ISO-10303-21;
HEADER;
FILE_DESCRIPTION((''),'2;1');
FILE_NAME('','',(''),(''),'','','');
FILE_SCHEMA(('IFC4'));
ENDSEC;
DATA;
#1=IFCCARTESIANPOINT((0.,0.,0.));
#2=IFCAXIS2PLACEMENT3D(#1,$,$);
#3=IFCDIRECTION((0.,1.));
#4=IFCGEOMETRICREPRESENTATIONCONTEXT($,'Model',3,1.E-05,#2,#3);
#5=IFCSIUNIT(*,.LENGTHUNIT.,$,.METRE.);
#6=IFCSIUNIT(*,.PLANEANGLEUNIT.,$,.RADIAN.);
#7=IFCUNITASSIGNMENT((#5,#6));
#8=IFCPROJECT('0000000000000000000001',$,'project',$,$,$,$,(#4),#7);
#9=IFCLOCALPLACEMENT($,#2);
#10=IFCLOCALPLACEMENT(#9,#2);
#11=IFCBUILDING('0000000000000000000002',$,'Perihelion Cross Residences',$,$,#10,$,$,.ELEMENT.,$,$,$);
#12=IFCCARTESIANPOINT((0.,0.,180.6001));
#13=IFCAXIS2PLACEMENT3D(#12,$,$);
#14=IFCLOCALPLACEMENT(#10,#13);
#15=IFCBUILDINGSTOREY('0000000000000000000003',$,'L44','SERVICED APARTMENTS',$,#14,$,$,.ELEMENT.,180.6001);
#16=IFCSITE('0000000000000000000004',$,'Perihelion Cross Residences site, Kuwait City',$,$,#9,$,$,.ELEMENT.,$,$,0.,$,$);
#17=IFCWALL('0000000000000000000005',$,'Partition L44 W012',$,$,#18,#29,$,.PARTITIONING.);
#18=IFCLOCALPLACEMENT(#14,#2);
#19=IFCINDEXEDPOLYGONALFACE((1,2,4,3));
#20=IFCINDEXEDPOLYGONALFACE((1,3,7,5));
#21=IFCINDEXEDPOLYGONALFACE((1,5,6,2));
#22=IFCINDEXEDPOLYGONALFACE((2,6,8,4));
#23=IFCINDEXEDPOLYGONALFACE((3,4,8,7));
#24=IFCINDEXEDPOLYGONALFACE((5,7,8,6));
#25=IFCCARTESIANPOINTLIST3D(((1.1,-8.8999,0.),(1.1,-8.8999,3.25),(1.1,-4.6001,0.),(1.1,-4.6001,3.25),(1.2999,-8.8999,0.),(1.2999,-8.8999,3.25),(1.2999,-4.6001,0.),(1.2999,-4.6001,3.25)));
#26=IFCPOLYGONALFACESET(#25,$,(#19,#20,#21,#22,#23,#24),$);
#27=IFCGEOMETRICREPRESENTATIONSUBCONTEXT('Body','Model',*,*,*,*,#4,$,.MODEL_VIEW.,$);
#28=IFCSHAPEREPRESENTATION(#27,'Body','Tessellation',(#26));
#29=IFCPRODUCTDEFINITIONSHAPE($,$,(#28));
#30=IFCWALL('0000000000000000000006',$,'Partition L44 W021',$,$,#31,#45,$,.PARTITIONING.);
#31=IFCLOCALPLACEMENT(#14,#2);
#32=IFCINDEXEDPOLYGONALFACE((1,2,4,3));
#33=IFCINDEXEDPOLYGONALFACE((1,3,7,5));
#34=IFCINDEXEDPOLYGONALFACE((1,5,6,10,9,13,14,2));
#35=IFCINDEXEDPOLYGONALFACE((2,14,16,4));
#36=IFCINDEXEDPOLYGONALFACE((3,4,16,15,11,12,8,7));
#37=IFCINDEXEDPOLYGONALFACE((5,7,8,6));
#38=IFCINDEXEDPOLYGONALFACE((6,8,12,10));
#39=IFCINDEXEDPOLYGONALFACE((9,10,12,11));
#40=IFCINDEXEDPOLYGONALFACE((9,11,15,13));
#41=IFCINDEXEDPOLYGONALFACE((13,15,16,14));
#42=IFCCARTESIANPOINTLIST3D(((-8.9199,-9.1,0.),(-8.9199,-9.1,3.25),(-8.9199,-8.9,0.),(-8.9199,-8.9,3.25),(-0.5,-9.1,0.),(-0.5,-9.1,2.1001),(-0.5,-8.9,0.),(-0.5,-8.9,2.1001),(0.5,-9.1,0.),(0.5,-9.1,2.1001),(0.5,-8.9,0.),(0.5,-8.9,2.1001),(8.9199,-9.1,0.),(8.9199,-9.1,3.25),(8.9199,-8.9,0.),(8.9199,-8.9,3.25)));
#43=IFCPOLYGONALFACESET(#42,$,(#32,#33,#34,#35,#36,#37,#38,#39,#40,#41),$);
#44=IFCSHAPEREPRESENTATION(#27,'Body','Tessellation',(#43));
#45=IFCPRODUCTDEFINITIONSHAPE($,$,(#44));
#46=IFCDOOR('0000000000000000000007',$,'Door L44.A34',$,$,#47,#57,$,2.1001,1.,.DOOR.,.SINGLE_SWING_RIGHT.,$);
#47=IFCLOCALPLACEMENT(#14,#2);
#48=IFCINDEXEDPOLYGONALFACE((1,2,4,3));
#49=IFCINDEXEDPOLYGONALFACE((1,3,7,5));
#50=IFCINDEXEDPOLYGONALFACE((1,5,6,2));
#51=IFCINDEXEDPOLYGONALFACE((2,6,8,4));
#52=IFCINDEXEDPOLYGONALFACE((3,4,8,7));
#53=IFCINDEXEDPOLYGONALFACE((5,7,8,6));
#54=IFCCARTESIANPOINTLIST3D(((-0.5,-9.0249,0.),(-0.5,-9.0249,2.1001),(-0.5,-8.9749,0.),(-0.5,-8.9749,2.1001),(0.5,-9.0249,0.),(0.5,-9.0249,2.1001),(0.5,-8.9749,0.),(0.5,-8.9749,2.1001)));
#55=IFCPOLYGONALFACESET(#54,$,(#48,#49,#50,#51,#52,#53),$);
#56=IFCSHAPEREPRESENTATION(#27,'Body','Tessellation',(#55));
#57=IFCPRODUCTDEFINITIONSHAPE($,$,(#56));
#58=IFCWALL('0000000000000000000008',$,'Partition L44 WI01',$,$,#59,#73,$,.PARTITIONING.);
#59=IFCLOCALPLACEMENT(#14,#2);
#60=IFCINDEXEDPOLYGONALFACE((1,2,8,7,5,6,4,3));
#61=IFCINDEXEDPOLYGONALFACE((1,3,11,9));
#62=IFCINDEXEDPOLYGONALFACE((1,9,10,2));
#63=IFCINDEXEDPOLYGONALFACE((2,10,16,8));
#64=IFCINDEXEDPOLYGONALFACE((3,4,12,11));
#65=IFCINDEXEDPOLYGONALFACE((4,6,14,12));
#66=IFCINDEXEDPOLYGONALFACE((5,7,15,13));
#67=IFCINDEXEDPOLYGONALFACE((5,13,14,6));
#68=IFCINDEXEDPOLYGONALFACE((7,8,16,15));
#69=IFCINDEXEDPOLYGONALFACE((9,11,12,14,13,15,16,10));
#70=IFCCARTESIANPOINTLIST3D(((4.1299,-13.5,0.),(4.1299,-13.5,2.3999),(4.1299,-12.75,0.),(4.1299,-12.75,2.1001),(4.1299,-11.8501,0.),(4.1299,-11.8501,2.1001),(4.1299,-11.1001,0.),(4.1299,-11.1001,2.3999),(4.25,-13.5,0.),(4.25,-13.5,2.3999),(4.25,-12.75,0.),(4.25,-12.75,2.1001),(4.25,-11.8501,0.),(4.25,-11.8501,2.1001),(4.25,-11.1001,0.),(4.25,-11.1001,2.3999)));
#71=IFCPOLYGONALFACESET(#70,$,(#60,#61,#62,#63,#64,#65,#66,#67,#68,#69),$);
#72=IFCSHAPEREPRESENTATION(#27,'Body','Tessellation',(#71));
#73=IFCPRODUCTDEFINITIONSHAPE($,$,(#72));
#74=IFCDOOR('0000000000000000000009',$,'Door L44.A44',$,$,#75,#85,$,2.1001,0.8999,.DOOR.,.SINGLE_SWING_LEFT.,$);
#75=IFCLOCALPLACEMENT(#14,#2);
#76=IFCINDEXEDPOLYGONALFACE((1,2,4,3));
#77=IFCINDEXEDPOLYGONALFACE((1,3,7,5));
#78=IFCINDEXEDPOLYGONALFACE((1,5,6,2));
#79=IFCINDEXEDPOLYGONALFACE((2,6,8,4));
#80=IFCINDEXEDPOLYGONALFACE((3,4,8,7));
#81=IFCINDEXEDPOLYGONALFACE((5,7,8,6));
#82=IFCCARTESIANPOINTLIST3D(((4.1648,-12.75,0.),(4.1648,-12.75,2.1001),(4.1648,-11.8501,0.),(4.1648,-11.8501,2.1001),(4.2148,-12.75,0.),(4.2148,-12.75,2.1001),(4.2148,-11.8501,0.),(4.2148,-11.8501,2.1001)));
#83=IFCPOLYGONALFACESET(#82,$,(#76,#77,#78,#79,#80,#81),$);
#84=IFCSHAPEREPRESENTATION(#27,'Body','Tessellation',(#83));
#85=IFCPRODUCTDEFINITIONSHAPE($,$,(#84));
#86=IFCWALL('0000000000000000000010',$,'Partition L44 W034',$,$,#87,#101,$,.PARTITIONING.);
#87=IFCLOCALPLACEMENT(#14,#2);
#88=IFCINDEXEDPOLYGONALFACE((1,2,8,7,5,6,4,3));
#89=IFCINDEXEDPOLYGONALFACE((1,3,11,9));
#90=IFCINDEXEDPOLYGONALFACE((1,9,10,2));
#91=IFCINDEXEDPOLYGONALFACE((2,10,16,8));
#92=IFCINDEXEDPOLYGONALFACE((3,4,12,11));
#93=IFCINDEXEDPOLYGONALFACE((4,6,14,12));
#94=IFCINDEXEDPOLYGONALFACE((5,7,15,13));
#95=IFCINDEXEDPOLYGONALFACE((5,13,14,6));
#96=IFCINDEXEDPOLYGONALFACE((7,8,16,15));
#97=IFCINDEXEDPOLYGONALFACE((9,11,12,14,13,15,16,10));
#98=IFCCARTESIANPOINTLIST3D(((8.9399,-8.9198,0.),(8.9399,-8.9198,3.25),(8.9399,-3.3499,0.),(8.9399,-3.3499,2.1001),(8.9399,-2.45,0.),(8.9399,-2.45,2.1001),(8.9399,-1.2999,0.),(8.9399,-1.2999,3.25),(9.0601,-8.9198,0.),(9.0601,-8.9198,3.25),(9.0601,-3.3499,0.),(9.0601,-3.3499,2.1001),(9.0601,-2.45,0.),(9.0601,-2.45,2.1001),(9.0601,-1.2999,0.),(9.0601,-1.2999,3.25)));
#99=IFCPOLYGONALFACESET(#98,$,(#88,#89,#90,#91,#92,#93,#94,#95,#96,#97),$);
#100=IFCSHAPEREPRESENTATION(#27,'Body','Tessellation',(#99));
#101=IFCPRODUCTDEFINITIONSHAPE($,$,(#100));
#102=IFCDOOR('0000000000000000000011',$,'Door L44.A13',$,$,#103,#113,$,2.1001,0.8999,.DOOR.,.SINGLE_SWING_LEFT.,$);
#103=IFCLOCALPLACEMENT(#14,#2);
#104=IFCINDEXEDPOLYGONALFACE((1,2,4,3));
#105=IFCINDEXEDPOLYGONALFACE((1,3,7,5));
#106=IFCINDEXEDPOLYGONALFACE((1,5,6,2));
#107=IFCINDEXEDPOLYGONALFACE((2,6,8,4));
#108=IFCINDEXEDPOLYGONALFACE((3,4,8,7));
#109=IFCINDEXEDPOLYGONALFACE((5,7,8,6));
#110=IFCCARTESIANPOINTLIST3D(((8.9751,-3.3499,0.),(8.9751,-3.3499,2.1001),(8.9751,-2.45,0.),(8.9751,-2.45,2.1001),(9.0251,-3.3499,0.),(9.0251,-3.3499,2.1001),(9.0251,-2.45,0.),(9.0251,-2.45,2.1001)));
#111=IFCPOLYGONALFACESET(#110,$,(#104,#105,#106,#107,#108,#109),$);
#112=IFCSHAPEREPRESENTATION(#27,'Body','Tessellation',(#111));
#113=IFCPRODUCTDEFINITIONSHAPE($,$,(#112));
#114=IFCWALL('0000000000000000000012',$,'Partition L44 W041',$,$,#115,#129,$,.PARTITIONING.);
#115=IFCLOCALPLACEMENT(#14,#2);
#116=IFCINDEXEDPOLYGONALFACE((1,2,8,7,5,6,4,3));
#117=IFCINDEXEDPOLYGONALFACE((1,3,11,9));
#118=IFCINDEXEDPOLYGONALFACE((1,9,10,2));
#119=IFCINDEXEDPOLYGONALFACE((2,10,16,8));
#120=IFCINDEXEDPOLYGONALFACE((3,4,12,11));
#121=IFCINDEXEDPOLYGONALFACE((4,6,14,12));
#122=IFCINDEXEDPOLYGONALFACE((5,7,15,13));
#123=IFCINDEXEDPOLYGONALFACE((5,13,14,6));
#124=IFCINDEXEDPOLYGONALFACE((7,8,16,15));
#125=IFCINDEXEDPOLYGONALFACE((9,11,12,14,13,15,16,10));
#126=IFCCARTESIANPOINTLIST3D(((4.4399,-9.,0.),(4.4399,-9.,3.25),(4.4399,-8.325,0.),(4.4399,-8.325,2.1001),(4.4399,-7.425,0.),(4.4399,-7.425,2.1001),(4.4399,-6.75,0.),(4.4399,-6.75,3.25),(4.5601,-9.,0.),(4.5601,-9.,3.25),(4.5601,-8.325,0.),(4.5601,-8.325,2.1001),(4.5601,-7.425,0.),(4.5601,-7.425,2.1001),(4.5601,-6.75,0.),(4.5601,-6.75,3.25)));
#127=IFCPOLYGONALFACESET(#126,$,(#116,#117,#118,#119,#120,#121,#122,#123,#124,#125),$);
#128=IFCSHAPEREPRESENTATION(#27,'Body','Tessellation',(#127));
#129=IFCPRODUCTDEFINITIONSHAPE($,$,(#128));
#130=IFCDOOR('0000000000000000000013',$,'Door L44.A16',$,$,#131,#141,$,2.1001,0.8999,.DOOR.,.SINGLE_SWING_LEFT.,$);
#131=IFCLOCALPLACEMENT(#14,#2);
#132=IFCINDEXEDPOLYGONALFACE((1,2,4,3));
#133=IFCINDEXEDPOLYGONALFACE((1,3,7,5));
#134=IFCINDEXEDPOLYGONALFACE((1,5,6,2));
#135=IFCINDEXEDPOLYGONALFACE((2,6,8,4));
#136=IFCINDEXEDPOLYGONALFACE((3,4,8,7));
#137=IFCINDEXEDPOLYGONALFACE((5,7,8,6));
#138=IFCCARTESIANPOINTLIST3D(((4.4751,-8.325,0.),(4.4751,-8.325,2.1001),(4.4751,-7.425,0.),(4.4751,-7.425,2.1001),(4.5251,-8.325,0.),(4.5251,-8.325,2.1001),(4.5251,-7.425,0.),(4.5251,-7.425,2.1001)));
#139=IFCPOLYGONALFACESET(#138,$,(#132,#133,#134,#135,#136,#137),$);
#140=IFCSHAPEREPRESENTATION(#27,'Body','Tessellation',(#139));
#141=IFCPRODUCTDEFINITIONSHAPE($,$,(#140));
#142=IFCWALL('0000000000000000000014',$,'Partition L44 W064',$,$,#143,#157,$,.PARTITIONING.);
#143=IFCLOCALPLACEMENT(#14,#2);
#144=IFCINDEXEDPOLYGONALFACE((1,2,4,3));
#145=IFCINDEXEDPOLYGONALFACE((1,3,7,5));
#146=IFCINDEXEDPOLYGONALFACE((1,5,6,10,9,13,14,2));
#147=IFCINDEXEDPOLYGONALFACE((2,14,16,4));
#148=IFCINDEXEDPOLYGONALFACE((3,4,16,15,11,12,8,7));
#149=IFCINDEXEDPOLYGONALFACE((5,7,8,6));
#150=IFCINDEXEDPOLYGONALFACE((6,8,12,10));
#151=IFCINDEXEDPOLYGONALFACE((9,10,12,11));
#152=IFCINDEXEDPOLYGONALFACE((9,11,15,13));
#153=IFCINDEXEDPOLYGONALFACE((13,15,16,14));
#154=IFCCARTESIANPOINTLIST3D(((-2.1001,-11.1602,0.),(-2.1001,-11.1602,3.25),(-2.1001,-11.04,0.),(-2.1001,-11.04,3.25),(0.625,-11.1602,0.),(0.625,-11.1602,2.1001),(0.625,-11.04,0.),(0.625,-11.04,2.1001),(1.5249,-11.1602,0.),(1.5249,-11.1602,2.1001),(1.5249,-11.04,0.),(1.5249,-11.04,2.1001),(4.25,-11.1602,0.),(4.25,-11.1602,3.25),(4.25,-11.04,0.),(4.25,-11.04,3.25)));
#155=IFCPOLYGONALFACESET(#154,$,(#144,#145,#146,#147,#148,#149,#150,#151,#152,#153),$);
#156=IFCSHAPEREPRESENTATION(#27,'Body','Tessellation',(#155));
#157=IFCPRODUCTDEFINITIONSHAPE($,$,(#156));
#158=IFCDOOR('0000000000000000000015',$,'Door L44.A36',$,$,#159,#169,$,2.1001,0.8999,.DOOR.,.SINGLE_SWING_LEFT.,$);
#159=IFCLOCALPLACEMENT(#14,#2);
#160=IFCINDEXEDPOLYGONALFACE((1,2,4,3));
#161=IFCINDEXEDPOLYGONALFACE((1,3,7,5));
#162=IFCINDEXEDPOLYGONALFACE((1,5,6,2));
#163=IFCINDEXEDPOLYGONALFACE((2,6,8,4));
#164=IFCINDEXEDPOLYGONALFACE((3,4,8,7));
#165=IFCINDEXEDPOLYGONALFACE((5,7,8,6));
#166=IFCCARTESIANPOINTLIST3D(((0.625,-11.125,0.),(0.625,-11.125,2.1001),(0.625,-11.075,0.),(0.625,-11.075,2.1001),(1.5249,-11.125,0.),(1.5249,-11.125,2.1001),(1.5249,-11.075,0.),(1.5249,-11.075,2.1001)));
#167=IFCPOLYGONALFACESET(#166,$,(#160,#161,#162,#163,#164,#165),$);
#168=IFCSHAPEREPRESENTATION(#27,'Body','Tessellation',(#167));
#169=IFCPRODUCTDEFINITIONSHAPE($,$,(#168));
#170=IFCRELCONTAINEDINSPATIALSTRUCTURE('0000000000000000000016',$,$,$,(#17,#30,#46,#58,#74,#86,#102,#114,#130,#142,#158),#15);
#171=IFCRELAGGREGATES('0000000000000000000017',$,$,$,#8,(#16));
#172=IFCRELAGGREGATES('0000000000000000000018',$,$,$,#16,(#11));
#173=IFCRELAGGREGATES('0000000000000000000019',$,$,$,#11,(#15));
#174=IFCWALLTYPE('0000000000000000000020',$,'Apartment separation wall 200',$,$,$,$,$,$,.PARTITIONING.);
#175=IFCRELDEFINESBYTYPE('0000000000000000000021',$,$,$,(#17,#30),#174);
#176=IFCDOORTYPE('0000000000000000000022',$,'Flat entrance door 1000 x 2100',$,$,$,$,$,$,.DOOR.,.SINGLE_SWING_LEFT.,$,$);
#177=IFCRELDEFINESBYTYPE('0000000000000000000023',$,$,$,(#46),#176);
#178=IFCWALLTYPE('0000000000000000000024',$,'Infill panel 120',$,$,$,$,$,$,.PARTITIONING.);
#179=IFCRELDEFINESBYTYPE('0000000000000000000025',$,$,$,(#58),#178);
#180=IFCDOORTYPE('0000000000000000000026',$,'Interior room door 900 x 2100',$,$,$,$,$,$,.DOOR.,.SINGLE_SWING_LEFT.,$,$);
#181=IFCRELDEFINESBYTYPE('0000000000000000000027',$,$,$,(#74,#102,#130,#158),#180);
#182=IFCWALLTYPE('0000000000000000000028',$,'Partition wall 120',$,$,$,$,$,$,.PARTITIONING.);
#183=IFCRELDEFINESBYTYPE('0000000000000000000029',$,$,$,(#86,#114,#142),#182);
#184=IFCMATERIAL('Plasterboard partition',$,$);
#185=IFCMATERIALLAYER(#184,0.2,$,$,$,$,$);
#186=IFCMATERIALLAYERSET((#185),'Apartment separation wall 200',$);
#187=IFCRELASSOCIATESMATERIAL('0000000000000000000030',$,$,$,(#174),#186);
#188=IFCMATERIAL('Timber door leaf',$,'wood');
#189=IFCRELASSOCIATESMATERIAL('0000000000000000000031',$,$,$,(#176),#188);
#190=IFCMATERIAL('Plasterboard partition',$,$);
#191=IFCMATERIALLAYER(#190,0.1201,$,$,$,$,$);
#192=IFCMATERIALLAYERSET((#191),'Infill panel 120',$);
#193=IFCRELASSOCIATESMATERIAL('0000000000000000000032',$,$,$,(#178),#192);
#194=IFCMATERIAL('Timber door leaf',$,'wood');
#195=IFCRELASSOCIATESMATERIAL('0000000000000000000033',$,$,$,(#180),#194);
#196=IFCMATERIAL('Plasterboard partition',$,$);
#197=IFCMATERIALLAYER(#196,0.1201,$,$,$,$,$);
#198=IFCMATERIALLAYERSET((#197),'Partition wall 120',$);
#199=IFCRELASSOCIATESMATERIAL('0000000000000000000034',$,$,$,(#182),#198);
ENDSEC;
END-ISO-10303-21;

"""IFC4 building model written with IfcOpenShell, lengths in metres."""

from ifc_helpers import new_model, si_unit, direction, frame, frame_2d, origin, place, context, subcontext, project, spatial, rectangle, extrude, material, layer, layer_set, type_object, element, fill, save


model = new_model("IFC4")

# Units and contexts
model_context = context("Model", 3, precision=1e-05, world=origin(), true_north=direction((0.0, 1.0)))
body_context = subcontext(model_context, "Body", "Model", "MODEL_VIEW")
ifc_project = project(units=[si_unit("LENGTHUNIT", "METRE"), si_unit("PLANEANGLEUNIT", "RADIAN")], contexts=[model_context])

# Site, building, storey
site_placement = place(None, origin())
site = spatial("IfcSite", under=ifc_project, at=site_placement, Name="Perihelion Cross Residences site, Kuwait City", CompositionType="ELEMENT", RefElevation=0.0)
building_placement = place(site_placement, origin())
building = spatial("IfcBuilding", under=site, at=building_placement, Name="Perihelion Cross Residences", CompositionType="ELEMENT")
storey_placement = place(building_placement, frame((0.0, 0.0, 180.6001)))
storey = spatial("IfcBuildingStorey", under=building, at=storey_placement, Name="L44", Description="SERVICED APARTMENTS", CompositionType="ELEMENT", Elevation=180.6001)

# Wall
ifc_material_1 = material(Name="Plasterboard partition")
ifc_layer_1 = layer(ifc_material_1, 0.2)
ifc_layer_set_1 = layer_set([ifc_layer_1], Name="Apartment separation wall 200")
wall_type_1 = type_object("IfcWallType", Name="Apartment separation wall 200", PredefinedType="PARTITIONING", material=ifc_layer_set_1)
wall_1_placement = place(storey_placement, frame((1.2, -4.6001, 0.0), z_axis=(0.0, 0.0, 1.0), x_axis=(0.0, -1.0, 0.0)))
element("IfcWall", 1, at=wall_1_placement, inside=storey, type_object=wall_type_1, Name="Partition L44 W012", PredefinedType="PARTITIONING", context=body_context, shape_type="SweptSolid", body=[
    extrude(rectangle(XDim=4.2998, YDim=0.2, at=frame_2d((2.1499, 0.0))), origin(), (0.0, 0.0, 1.0), 3.25),
])

# Walls, openings, doors
wall_2_placement = place(storey_placement, frame((8.9199, -9.0, 0.0), z_axis=(0.0, 0.0, 1.0), x_axis=(-1.0, 0.0, 0.0)))
wall_2 = element("IfcWall", 2, at=wall_2_placement, inside=storey, type_object=wall_type_1, Name="Partition L44 W021", PredefinedType="PARTITIONING", context=body_context, shape_type="SweptSolid", body=[
    extrude(rectangle(XDim=17.8398, YDim=0.2, at=frame_2d((8.9199, 0.0))), origin(), (0.0, 0.0, 1.0), 3.25),
])
opening_1_placement = place(wall_2_placement, frame((8.4199, 0.0, 0.0)))
opening_1 = element("IfcOpeningElement", 3, at=opening_1_placement, cuts=wall_2, PredefinedType="OPENING", context=body_context, shape_type="SweptSolid", body=[
    extrude(rectangle(XDim=1.0, YDim=2.1001, at=frame_2d((0.5, 1.05))), frame((0.0, 0.1099, 0.0), z_axis=(0.0, -1.0, 0.0), x_axis=(1.0, 0.0, 0.0)), (0.0, 0.0, 1.0), 0.22),
])
ifc_material_2 = material(Name="Timber door leaf", Category="wood")
door_type_1 = type_object("IfcDoorType", Name="Flat entrance door 1000 x 2100", OperationType="SINGLE_SWING_LEFT", PredefinedType="DOOR", material=ifc_material_2)
door_1_placement = place(opening_1_placement, origin())
door_1 = element("IfcDoor", 4, at=door_1_placement, inside=storey, type_object=door_type_1, Name="Door L44.A34", OperationType="SINGLE_SWING_RIGHT", OverallHeight=2.1001, OverallWidth=1.0, PredefinedType="DOOR", context=body_context, shape_type="SweptSolid", body=[
    extrude(rectangle(XDim=1.0, YDim=2.1001, at=frame_2d((0.5, 1.05))), frame((0.0, 0.0249, 0.0), z_axis=(0.0, -1.0, 0.0), x_axis=(1.0, 0.0, 0.0)), (0.0, 0.0, 1.0), 0.05),
])
fill(opening_1, door_1)
ifc_material_3 = material(Name="Plasterboard partition")
ifc_layer_2 = layer(ifc_material_3, 0.1201)
ifc_layer_set_2 = layer_set([ifc_layer_2], Name="Infill panel 120")
wall_type_2 = type_object("IfcWallType", Name="Infill panel 120", PredefinedType="PARTITIONING", material=ifc_layer_set_2)
wall_3_placement = place(storey_placement, frame((4.1899, -11.1001, 0.0), z_axis=(0.0, 0.0, 1.0), x_axis=(0.0, -1.0, 0.0)))
wall_3 = element("IfcWall", 5, at=wall_3_placement, inside=storey, type_object=wall_type_2, Name="Partition L44 WI01", PredefinedType="PARTITIONING", context=body_context, shape_type="SweptSolid", body=[
    extrude(rectangle(XDim=2.3999, YDim=0.1201, at=frame_2d((1.2, 0.0))), origin(), (0.0, 0.0, 1.0), 2.3999),
])
opening_2_placement = place(wall_3_placement, frame((0.75, 0.0, 0.0)))
opening_2 = element("IfcOpeningElement", 6, at=opening_2_placement, cuts=wall_3, PredefinedType="OPENING", context=body_context, shape_type="SweptSolid", body=[
    extrude(rectangle(XDim=0.8999, YDim=2.1001, at=frame_2d((0.45, 1.05))), frame((0.0, 0.0701, 0.0), z_axis=(0.0, -1.0, 0.0), x_axis=(1.0, 0.0, 0.0)), (0.0, 0.0, 1.0), 0.1401),
])
ifc_material_4 = material(Name="Timber door leaf", Category="wood")
door_type_2 = type_object("IfcDoorType", Name="Interior room door 900 x 2100", OperationType="SINGLE_SWING_LEFT", PredefinedType="DOOR", material=ifc_material_4)
door_2_placement = place(opening_2_placement, origin())
door_2 = element("IfcDoor", 7, at=door_2_placement, inside=storey, type_object=door_type_2, Name="Door L44.A44", OperationType="SINGLE_SWING_LEFT", OverallHeight=2.1001, OverallWidth=0.8999, PredefinedType="DOOR", context=body_context, shape_type="SweptSolid", body=[
    extrude(rectangle(XDim=0.8999, YDim=2.1001, at=frame_2d((0.45, 1.05))), frame((0.0, 0.0249, 0.0), z_axis=(0.0, -1.0, 0.0), x_axis=(1.0, 0.0, 0.0)), (0.0, 0.0, 1.0), 0.05),
])
fill(opening_2, door_2)
ifc_material_5 = material(Name="Plasterboard partition")
ifc_layer_3 = layer(ifc_material_5, 0.1201)
ifc_layer_set_3 = layer_set([ifc_layer_3], Name="Partition wall 120")
wall_type_3 = type_object("IfcWallType", Name="Partition wall 120", PredefinedType="PARTITIONING", material=ifc_layer_set_3)
wall_4_placement = place(storey_placement, frame((9.0, -8.9199, 0.0), z_axis=(0.0, 0.0, 1.0), x_axis=(0.0, 1.0, 0.0)))
wall_4 = element("IfcWall", 8, at=wall_4_placement, inside=storey, type_object=wall_type_3, Name="Partition L44 W034", PredefinedType="PARTITIONING", context=body_context, shape_type="SweptSolid", body=[
    extrude(rectangle(XDim=7.6199, YDim=0.1201, at=frame_2d((3.8101, 0.0))), origin(), (0.0, 0.0, 1.0), 3.25),
])
opening_3_placement = place(wall_4_placement, frame((5.5701, 0.0, 0.0)))
opening_3 = element("IfcOpeningElement", 9, at=opening_3_placement, cuts=wall_4, PredefinedType="OPENING", context=body_context, shape_type="SweptSolid", body=[
    extrude(rectangle(XDim=0.8999, YDim=2.1001, at=frame_2d((0.45, 1.05))), frame((0.0, 0.0701, 0.0), z_axis=(0.0, -1.0, 0.0), x_axis=(1.0, 0.0, 0.0)), (0.0, 0.0, 1.0), 0.1401),
])
door_3_placement = place(opening_3_placement, origin())
door_3 = element("IfcDoor", 10, at=door_3_placement, inside=storey, type_object=door_type_2, Name="Door L44.A13", OperationType="SINGLE_SWING_LEFT", OverallHeight=2.1001, OverallWidth=0.8999, PredefinedType="DOOR", context=body_context, shape_type="SweptSolid", body=[
    extrude(rectangle(XDim=0.8999, YDim=2.1001, at=frame_2d((0.45, 1.05))), frame((0.0, 0.0249, 0.0), z_axis=(0.0, -1.0, 0.0), x_axis=(1.0, 0.0, 0.0)), (0.0, 0.0, 1.0), 0.05),
])
fill(opening_3, door_3)
wall_5_placement = place(storey_placement, frame((4.5, -9.0, 0.0), z_axis=(0.0, 0.0, 1.0), x_axis=(0.0, 1.0, 0.0)))
wall_5 = element("IfcWall", 11, at=wall_5_placement, inside=storey, type_object=wall_type_3, Name="Partition L44 W041", PredefinedType="PARTITIONING", context=body_context, shape_type="SweptSolid", body=[
    extrude(rectangle(XDim=2.25, YDim=0.1201, at=frame_2d((1.125, 0.0))), origin(), (0.0, 0.0, 1.0), 3.25),
])
opening_4_placement = place(wall_5_placement, frame((0.675, 0.0, 0.0)))
opening_4 = element("IfcOpeningElement", 12, at=opening_4_placement, cuts=wall_5, PredefinedType="OPENING", context=body_context, shape_type="SweptSolid", body=[
    extrude(rectangle(XDim=0.8999, YDim=2.1001, at=frame_2d((0.45, 1.05))), frame((0.0, 0.0701, 0.0), z_axis=(0.0, -1.0, 0.0), x_axis=(1.0, 0.0, 0.0)), (0.0, 0.0, 1.0), 0.1401),
])
door_4_placement = place(opening_4_placement, origin())
door_4 = element("IfcDoor", 13, at=door_4_placement, inside=storey, type_object=door_type_2, Name="Door L44.A16", OperationType="SINGLE_SWING_LEFT", OverallHeight=2.1001, OverallWidth=0.8999, PredefinedType="DOOR", context=body_context, shape_type="SweptSolid", body=[
    extrude(rectangle(XDim=0.8999, YDim=2.1001, at=frame_2d((0.45, 1.05))), frame((0.0, 0.0249, 0.0), z_axis=(0.0, -1.0, 0.0), x_axis=(1.0, 0.0, 0.0)), (0.0, 0.0, 1.0), 0.05),
])
fill(opening_4, door_4)
wall_6_placement = place(storey_placement, frame((4.25, -11.1001, 0.0), z_axis=(0.0, 0.0, 1.0), x_axis=(-1.0, 0.0, 0.0)))
wall_6 = element("IfcWall", 14, at=wall_6_placement, inside=storey, type_object=wall_type_3, Name="Partition L44 W064", PredefinedType="PARTITIONING", context=body_context, shape_type="SweptSolid", body=[
    extrude(rectangle(XDim=6.3501, YDim=0.1201, at=frame_2d((3.175, 0.0))), origin(), (0.0, 0.0, 1.0), 3.25),
])
opening_5_placement = place(wall_6_placement, frame((2.7251, 0.0, 0.0)))
opening_5 = element("IfcOpeningElement", 15, at=opening_5_placement, cuts=wall_6, PredefinedType="OPENING", context=body_context, shape_type="SweptSolid", body=[
    extrude(rectangle(XDim=0.8999, YDim=2.1001, at=frame_2d((0.45, 1.05))), frame((0.0, 0.0701, 0.0), z_axis=(0.0, -1.0, 0.0), x_axis=(1.0, 0.0, 0.0)), (0.0, 0.0, 1.0), 0.1401),
])
door_5_placement = place(opening_5_placement, origin())
door_5 = element("IfcDoor", 16, at=door_5_placement, inside=storey, type_object=door_type_2, Name="Door L44.A36", OperationType="SINGLE_SWING_LEFT", OverallHeight=2.1001, OverallWidth=0.8999, PredefinedType="DOOR", context=body_context, shape_type="SweptSolid", body=[
    extrude(rectangle(XDim=0.8999, YDim=2.1001, at=frame_2d((0.45, 1.05))), frame((0.0, 0.0249, 0.0), z_axis=(0.0, -1.0, 0.0), x_axis=(1.0, 0.0, 0.0)), (0.0, 0.0, 1.0), 0.05),
])
fill(opening_5, door_5)

save(model, "model.ifc")
